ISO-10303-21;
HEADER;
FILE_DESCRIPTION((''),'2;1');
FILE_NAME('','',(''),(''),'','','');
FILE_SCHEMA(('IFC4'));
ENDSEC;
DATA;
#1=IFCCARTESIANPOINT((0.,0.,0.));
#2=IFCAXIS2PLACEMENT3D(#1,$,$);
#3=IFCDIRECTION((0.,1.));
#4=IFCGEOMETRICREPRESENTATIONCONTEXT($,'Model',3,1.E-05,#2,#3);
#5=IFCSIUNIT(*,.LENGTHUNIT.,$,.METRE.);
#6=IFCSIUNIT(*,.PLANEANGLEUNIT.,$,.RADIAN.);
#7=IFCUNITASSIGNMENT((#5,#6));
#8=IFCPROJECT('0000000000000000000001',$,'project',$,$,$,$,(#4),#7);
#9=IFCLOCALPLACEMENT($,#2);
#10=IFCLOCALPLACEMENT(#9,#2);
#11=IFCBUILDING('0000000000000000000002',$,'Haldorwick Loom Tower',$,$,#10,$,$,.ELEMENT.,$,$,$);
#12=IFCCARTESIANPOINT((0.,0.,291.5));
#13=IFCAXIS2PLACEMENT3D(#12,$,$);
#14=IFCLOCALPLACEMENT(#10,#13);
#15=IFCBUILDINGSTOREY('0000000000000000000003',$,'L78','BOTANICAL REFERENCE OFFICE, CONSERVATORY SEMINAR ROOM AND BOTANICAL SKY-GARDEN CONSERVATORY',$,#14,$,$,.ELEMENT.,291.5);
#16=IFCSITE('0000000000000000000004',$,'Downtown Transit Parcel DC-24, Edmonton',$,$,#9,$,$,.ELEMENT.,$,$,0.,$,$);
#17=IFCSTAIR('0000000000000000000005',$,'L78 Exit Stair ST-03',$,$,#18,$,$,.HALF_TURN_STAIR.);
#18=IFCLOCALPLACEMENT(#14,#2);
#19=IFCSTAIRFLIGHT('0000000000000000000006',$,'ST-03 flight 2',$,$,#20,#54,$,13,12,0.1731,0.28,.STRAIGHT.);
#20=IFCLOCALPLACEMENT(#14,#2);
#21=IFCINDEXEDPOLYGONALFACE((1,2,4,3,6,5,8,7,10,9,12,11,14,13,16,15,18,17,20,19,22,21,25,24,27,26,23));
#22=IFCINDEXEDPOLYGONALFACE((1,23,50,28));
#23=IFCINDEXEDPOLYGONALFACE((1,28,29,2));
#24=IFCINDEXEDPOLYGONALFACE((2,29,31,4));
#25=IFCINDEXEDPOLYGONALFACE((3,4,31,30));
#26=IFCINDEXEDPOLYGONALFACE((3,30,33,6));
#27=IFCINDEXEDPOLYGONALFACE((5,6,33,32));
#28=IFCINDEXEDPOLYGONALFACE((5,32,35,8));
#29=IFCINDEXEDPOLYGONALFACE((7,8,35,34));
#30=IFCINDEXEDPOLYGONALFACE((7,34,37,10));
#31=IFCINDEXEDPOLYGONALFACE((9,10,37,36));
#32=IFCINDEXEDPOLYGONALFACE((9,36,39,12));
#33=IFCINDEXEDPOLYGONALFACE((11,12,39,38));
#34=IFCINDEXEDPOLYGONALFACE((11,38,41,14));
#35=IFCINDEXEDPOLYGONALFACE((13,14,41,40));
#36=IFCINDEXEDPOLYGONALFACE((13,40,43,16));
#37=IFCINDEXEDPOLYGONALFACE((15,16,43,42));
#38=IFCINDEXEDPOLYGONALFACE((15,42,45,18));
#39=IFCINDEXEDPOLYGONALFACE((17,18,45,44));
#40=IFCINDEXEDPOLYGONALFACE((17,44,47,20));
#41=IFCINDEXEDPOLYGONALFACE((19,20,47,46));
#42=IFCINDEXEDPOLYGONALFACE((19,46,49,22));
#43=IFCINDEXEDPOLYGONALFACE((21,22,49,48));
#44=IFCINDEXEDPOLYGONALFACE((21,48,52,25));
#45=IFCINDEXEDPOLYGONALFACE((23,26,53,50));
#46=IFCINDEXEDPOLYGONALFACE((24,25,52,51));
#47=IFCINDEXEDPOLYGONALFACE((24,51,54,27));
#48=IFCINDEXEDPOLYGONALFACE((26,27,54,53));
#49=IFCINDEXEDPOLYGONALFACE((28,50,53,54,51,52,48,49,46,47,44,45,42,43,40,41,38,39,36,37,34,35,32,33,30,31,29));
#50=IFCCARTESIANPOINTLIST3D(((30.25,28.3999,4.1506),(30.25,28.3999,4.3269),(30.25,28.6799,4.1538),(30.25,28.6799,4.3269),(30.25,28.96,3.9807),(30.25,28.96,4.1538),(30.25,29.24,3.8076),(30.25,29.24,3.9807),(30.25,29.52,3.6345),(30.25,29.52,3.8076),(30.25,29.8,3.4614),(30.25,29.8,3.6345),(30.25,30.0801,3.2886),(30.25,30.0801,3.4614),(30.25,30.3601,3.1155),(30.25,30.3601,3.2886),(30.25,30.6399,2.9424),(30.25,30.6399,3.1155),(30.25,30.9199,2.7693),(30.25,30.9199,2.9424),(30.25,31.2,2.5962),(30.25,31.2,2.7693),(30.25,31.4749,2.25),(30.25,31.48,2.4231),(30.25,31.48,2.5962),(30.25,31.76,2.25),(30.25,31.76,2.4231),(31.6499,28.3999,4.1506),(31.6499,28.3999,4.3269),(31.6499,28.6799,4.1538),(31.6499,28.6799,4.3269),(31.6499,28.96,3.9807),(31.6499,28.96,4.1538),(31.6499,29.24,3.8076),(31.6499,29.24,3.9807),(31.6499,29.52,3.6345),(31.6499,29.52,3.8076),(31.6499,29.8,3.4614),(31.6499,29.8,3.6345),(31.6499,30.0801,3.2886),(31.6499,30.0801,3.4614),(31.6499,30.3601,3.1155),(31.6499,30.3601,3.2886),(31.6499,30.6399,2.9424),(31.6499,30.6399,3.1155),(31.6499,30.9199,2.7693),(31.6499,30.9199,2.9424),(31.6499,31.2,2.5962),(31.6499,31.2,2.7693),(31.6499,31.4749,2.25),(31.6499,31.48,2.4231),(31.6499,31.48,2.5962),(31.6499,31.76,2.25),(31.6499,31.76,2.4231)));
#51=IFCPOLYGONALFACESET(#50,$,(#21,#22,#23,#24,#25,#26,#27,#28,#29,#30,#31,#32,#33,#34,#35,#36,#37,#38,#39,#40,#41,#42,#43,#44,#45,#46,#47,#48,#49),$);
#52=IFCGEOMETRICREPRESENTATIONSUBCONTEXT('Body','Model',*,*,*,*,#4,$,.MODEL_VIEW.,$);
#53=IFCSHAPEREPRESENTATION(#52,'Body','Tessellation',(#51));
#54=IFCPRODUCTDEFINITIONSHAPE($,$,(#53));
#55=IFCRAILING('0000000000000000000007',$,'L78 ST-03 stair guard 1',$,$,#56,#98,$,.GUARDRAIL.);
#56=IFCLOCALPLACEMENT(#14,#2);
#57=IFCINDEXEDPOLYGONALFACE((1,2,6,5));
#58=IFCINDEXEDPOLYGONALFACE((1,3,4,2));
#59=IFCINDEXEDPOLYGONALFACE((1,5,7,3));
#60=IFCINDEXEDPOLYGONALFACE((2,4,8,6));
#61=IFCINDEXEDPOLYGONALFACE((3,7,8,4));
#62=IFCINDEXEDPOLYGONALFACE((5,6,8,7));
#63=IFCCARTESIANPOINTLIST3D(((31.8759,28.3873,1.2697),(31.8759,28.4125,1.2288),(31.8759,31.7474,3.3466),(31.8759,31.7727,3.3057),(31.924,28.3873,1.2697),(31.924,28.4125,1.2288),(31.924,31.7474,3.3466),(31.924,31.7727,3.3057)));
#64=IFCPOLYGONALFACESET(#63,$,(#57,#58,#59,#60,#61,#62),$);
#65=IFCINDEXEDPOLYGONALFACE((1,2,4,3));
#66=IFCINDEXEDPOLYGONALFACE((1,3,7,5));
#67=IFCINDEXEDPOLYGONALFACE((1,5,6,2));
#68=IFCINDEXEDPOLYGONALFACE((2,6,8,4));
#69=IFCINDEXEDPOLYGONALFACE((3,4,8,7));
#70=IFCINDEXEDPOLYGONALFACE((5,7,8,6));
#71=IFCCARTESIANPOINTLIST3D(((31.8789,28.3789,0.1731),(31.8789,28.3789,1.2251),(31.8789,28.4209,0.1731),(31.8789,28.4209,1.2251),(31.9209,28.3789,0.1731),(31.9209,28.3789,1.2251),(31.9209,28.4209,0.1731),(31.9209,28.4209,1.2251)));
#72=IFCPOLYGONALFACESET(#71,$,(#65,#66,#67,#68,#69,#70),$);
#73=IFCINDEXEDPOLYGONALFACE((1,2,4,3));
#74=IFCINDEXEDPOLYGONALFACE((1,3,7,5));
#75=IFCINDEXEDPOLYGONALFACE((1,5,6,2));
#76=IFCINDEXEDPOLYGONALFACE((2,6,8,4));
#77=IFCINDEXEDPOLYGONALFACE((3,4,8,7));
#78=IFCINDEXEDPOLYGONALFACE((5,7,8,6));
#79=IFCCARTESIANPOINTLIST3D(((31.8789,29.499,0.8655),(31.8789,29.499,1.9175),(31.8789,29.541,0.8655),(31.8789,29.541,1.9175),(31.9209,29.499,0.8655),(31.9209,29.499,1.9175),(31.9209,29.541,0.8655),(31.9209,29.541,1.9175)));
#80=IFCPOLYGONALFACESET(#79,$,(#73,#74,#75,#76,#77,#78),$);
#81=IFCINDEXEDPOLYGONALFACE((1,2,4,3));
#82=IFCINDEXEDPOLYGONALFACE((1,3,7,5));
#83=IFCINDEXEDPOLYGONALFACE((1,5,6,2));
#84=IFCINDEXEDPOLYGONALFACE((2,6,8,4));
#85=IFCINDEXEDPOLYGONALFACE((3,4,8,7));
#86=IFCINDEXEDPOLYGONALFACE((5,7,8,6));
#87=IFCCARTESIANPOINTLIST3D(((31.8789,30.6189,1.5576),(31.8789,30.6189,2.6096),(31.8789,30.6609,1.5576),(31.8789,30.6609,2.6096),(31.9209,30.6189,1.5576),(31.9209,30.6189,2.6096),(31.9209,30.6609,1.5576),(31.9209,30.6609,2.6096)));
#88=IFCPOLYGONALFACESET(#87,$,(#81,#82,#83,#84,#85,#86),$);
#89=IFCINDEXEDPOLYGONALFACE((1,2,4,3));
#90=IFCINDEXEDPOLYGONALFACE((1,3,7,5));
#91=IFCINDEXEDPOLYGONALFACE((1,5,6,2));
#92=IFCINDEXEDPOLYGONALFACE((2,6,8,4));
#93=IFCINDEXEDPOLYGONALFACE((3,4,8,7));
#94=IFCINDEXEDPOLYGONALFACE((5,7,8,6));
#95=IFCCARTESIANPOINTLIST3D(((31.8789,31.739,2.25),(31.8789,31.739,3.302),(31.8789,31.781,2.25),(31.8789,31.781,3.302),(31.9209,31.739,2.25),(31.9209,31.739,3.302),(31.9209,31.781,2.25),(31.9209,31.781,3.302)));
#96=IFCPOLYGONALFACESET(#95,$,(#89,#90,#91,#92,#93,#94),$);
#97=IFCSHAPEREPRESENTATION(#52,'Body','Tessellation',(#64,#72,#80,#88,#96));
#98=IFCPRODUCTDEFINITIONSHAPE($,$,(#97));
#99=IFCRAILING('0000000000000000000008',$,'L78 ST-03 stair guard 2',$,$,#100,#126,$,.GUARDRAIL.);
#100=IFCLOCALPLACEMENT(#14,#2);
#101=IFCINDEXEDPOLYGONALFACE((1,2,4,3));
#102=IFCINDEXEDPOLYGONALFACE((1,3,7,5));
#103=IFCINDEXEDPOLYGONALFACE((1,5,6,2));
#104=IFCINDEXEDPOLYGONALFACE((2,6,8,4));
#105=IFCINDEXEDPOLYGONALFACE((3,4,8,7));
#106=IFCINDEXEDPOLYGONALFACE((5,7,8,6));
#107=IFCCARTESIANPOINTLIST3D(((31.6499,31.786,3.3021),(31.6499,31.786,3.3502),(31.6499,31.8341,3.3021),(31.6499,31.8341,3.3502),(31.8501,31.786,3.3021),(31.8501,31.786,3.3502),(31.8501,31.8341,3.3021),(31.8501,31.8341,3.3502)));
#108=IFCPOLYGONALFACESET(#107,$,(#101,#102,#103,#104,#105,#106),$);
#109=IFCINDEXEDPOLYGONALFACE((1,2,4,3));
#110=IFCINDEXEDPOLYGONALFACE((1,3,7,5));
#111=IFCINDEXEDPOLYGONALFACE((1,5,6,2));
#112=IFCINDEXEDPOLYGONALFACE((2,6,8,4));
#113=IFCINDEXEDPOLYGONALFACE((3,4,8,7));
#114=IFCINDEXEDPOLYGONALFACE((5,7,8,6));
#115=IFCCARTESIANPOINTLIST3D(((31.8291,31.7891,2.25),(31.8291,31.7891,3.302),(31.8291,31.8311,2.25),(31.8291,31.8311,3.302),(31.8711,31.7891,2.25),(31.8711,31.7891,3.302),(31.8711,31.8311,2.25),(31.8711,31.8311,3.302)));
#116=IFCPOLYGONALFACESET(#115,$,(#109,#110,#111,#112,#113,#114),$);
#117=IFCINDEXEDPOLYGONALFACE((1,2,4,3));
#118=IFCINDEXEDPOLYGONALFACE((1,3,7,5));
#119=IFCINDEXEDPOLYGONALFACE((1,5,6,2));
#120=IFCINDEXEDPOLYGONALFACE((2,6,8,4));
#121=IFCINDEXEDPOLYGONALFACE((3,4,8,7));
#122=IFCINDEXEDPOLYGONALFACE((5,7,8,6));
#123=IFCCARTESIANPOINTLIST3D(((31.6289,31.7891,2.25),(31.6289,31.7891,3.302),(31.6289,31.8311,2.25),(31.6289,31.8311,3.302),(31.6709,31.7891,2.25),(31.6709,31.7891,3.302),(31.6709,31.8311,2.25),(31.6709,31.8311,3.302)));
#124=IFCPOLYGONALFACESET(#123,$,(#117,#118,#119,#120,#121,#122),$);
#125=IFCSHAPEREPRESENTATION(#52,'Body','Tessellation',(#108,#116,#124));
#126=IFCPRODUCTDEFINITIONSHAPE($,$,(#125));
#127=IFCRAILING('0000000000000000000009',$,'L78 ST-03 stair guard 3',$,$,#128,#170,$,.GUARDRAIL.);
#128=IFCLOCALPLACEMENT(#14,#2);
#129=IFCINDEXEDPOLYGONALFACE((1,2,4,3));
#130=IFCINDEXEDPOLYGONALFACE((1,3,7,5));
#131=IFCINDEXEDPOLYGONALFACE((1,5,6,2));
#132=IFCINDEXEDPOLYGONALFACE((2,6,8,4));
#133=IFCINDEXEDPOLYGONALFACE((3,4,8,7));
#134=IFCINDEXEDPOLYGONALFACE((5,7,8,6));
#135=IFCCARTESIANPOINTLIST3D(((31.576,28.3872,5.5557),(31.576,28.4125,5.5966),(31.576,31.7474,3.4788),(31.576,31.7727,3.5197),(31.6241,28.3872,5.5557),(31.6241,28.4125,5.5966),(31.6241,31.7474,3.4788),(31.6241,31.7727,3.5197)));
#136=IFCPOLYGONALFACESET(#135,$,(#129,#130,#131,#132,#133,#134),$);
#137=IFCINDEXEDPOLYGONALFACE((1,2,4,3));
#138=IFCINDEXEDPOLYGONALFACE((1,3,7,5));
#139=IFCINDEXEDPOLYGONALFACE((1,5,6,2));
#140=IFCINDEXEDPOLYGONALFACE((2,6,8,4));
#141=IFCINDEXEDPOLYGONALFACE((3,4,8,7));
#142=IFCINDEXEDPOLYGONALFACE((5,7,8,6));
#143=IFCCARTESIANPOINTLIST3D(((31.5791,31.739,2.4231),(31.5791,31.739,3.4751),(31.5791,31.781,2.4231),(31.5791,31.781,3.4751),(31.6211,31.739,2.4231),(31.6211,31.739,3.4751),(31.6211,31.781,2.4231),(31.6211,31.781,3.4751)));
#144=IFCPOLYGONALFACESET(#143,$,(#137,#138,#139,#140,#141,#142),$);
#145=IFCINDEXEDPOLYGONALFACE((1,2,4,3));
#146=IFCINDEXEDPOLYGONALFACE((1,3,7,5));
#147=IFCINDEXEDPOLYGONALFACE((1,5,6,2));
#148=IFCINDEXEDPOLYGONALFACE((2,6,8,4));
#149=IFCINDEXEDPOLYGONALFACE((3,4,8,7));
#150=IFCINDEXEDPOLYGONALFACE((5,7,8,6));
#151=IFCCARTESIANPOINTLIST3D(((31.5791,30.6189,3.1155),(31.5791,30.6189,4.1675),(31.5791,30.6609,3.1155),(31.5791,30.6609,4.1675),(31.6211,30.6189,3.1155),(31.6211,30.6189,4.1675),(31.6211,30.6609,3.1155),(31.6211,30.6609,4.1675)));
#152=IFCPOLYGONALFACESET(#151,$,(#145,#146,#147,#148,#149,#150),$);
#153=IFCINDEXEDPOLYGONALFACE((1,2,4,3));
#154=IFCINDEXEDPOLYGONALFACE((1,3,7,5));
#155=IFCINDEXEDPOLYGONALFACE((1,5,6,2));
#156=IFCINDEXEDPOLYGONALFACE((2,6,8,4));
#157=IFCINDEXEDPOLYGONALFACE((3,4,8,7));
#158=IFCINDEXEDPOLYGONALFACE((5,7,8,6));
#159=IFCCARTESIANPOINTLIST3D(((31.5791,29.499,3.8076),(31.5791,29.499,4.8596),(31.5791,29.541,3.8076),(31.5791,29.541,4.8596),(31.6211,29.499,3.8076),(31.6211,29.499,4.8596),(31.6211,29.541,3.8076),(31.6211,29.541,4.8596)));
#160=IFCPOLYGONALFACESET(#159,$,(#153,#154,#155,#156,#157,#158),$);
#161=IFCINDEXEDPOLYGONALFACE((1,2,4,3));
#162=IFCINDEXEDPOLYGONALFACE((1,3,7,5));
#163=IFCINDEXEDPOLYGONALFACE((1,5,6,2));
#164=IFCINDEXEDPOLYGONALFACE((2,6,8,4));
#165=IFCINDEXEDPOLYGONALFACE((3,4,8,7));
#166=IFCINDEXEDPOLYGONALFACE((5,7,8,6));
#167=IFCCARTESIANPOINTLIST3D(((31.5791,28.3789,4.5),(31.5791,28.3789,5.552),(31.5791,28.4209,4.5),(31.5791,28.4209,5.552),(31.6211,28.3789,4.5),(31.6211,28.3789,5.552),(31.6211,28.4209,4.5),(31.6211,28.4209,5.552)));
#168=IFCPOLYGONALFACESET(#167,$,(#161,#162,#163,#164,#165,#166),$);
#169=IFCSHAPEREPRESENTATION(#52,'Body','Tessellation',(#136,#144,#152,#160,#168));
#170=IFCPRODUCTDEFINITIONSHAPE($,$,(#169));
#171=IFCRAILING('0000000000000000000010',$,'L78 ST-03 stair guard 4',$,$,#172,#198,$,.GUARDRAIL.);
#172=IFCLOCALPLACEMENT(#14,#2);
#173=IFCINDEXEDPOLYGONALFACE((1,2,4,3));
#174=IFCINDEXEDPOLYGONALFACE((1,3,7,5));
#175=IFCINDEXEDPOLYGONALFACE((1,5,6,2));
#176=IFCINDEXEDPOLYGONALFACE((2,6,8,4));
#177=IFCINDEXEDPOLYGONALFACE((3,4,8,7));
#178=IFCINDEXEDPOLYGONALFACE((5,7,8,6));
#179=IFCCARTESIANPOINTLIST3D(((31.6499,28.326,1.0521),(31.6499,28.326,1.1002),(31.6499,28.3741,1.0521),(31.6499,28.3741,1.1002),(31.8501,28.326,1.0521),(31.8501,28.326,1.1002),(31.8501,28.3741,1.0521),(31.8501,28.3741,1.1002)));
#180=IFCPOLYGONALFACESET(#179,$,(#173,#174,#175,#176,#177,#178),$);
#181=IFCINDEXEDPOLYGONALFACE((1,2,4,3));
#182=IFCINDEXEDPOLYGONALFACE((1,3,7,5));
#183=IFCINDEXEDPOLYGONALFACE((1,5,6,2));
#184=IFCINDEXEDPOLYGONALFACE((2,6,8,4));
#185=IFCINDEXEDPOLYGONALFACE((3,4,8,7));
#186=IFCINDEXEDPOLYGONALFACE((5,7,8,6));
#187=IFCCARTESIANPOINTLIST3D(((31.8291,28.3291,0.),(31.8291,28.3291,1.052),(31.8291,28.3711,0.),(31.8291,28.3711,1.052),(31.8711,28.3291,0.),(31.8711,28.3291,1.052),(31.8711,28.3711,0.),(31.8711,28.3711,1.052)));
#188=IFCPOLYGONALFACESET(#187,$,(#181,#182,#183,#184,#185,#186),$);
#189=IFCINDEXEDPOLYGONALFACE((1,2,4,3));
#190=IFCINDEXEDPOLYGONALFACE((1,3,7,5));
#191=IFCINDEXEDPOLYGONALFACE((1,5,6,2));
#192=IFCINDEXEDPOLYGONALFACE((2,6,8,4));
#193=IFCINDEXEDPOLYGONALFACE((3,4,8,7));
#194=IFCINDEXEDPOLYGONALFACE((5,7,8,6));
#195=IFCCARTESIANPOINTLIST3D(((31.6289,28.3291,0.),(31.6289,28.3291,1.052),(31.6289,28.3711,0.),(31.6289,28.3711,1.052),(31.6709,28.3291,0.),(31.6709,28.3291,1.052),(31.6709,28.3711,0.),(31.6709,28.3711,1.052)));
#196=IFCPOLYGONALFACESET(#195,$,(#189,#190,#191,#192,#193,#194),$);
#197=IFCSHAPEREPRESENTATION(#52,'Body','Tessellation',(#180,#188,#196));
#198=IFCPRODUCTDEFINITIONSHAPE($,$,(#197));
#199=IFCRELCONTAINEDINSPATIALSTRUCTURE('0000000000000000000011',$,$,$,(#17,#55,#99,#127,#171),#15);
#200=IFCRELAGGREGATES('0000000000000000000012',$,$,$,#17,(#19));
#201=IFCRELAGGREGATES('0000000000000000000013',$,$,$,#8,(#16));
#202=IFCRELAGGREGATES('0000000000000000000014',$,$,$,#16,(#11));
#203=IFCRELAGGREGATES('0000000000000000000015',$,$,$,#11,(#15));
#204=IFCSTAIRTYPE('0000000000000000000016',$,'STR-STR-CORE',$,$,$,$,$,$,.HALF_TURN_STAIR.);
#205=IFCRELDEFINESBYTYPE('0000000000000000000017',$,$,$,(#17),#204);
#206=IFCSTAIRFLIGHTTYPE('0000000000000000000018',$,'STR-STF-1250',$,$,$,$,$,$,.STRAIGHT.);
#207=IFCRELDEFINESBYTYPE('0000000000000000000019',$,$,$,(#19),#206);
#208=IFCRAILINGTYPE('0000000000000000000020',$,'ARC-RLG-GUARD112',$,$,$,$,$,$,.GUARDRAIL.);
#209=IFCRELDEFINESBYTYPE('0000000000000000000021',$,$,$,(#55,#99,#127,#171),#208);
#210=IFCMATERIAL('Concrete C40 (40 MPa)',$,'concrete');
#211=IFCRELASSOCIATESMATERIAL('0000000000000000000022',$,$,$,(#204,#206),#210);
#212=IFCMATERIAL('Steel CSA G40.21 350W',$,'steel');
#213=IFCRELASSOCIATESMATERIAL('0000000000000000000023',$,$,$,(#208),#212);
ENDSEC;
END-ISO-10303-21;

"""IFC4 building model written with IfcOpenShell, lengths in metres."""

from ifc_helpers import new_model, si_unit, direction, frame, origin, origin_2d, place, context, subcontext, project, spatial, polyline, rectangle, outline, extrude, material, type_object, element, aggregate, save


model = new_model("IFC4")

# Units and contexts
model_context = context("Model", 3, precision=1e-05, world=origin(), true_north=direction((0.0, 1.0)))
body_context = subcontext(model_context, "Body", "Model", "MODEL_VIEW")
ifc_project = project(units=[si_unit("LENGTHUNIT", "METRE"), si_unit("PLANEANGLEUNIT", "RADIAN")], contexts=[model_context])

# Site, building, storey
site_placement = place(None, origin())
site = spatial("IfcSite", under=ifc_project, at=site_placement, Name="Downtown Transit Parcel DC-24, Edmonton", CompositionType="ELEMENT", RefElevation=0.0)
building_placement = place(site_placement, origin())
building = spatial("IfcBuilding", under=site, at=building_placement, Name="Haldorwick Loom Tower", CompositionType="ELEMENT")
storey_placement = place(building_placement, frame((0.0, 0.0, 291.5)))
storey = spatial("IfcBuildingStorey", under=building, at=storey_placement, Name="L78", Description="BOTANICAL REFERENCE OFFICE, CONSERVATORY SEMINAR ROOM AND BOTANICAL SKY-GARDEN CONSERVATORY", CompositionType="ELEMENT", Elevation=291.5)

# Shared definitions
ifc_material_1 = material(Name="Steel CSA G40.21 350W", Category="steel")

# Shared definitions
ifc_material_2 = material(Name="Concrete C40 (40 MPa)", Category="concrete")
stair_type = type_object("IfcStairType", Name="STR-STR-CORE", PredefinedType="HALF_TURN_STAIR", material=ifc_material_2)
stair_flight_type = type_object("IfcStairFlightType", Name="STR-STF-1250", PredefinedType="STRAIGHT", material=ifc_material_2)

# Stair, stair flight
stair_1_placement = place(storey_placement, origin())
stair_1 = element("IfcStair", 1, at=stair_1_placement, inside=storey, type_object=stair_type, Name="L78 Exit Stair ST-03", PredefinedType="HALF_TURN_STAIR")
stair_flight_1_placement = place(storey_placement, frame((30.95, 31.76, 2.25), z_axis=(0.0, 0.0, 1.0), x_axis=(0.0, -1.0, 0.0)))
stair_flight_1 = element("IfcStairFlight", 2, at=stair_flight_1_placement, type_object=stair_flight_type, Name="ST-03 flight 2", NumberOfRisers=13, NumberOfTreads=12, PredefinedType="STRAIGHT", RiserHeight=0.1731, TreadLength=0.28, context=body_context, shape_type="SweptSolid", body=[
    extrude(outline(polyline([(0.0, 0.0), (0.0, 0.1731), (0.28, 0.1731), (0.28, 0.3462), (0.5601, 0.3462), (0.5601, 0.5193), (0.8401, 0.5193), (0.8401, 0.6924), (1.1201, 0.6924), (1.1201, 0.8655), (1.3999, 0.8655), (1.3999, 1.0386), (1.6799, 1.0386), (1.6799, 1.2114), (1.96, 1.2114), (1.96, 1.3845), (2.24, 1.3845), (2.24, 1.5576), (2.52, 1.5576), (2.52, 1.7307), (2.8, 1.7307), (2.8, 1.9038), (3.0801, 1.9038), (3.0801, 2.0769), (3.3601, 2.0769), (3.3601, 2.25), (3.3601, 1.9006), (0.2852, 0.0), (0.0, 0.0)])), frame((0.0, 0.7, 0.0), z_axis=(0.0, -1.0, 0.0), x_axis=(1.0, 0.0, 0.0)), (0.0, 0.0, 1.0), 1.3999),
])
aggregate(stair_1, [stair_flight_1])

# Railings
railing_type_1 = type_object("IfcRailingType", Name="ARC-RLG-GUARD112", PredefinedType="GUARDRAIL", material=ifc_material_1)
railing_1_placement = place(storey_placement, frame((31.8999, 28.3999, 0.1731)))
element("IfcRailing", 3, at=railing_1_placement, inside=storey, type_object=railing_type_1, Name="L78 ST-03 stair guard 1", PredefinedType="GUARDRAIL", context=body_context, shape_type="SweptSolid", body=[
    extrude(rectangle(XDim=0.0481, YDim=0.0481, at=origin_2d()), frame((0.0, 0.0, 1.0762), z_axis=(0.0, 0.850623, 0.525776), x_axis=(-1.0, 0.0, 0.0)), (0.0, 0.0, 1.0), 3.9502),
    extrude(rectangle(XDim=0.042, YDim=0.042, at=origin_2d()), origin(), (0.0, 0.0, 1.0), 1.052),
    extrude(rectangle(XDim=0.042, YDim=0.042, at=origin_2d()), frame((0.0, 1.1201, 0.6924)), (0.0, 0.0, 1.0), 1.052),
    extrude(rectangle(XDim=0.042, YDim=0.042, at=origin_2d()), frame((0.0, 2.24, 1.3845)), (0.0, 0.0, 1.0), 1.052),
    extrude(rectangle(XDim=0.042, YDim=0.042, at=origin_2d()), frame((0.0, 3.3601, 2.0769)), (0.0, 0.0, 1.0), 1.052),
])
railing_2_placement = place(storey_placement, frame((31.8501, 31.8101, 2.25)))
element("IfcRailing", 4, at=railing_2_placement, inside=storey, type_object=railing_type_1, Name="L78 ST-03 stair guard 2", PredefinedType="GUARDRAIL", context=body_context, shape_type="SweptSolid", body=[
    extrude(rectangle(XDim=0.0481, YDim=0.0481, at=origin_2d()), frame((0.0, 0.0, 1.0762), z_axis=(-1.0, 0.0, 0.0), x_axis=(0.0, -1.0, 0.0)), (0.0, 0.0, 1.0), 0.2002),
    extrude(rectangle(XDim=0.042, YDim=0.042, at=origin_2d()), origin(), (0.0, 0.0, 1.0), 1.052),
    extrude(rectangle(XDim=0.042, YDim=0.042, at=origin_2d()), frame((-0.2002, 0.0, 0.0)), (0.0, 0.0, 1.0), 1.052),
])
railing_3_placement = place(storey_placement, frame((31.6001, 31.76, 2.4231)))
element("IfcRailing", 5, at=railing_3_placement, inside=storey, type_object=railing_type_1, Name="L78 ST-03 stair guard 3", PredefinedType="GUARDRAIL", context=body_context, shape_type="SweptSolid", body=[
    extrude(rectangle(XDim=0.0481, YDim=0.0481, at=origin_2d()), frame((0.0, 0.0, 1.0762), z_axis=(0.0, -0.850623, 0.525776), x_axis=(1.0, 0.0, 0.0)), (0.0, 0.0, 1.0), 3.9502),
    extrude(rectangle(XDim=0.042, YDim=0.042, at=origin_2d()), origin(), (0.0, 0.0, 1.0), 1.052),
    extrude(rectangle(XDim=0.042, YDim=0.042, at=origin_2d()), frame((0.0, -1.1201, 0.6924)), (0.0, 0.0, 1.0), 1.052),
    extrude(rectangle(XDim=0.042, YDim=0.042, at=origin_2d()), frame((0.0, -2.24, 1.3845)), (0.0, 0.0, 1.0), 1.052),
    extrude(rectangle(XDim=0.042, YDim=0.042, at=origin_2d()), frame((0.0, -3.3601, 2.0769)), (0.0, 0.0, 1.0), 1.052),
])
railing_4_placement = place(storey_placement, frame((31.8501, 28.3501, 0.0)))
element("IfcRailing", 6, at=railing_4_placement, inside=storey, type_object=railing_type_1, Name="L78 ST-03 stair guard 4", PredefinedType="GUARDRAIL", context=body_context, shape_type="SweptSolid", body=[
    extrude(rectangle(XDim=0.0481, YDim=0.0481, at=origin_2d()), frame((0.0, 0.0, 1.0762), z_axis=(-1.0, 0.0, 0.0), x_axis=(0.0, -1.0, 0.0)), (0.0, 0.0, 1.0), 0.2002),
    extrude(rectangle(XDim=0.042, YDim=0.042, at=origin_2d()), origin(), (0.0, 0.0, 1.0), 1.052),
    extrude(rectangle(XDim=0.042, YDim=0.042, at=origin_2d()), frame((-0.2002, 0.0, 0.0)), (0.0, 0.0, 1.0), 1.052),
])

save(model, "model.ifc")
